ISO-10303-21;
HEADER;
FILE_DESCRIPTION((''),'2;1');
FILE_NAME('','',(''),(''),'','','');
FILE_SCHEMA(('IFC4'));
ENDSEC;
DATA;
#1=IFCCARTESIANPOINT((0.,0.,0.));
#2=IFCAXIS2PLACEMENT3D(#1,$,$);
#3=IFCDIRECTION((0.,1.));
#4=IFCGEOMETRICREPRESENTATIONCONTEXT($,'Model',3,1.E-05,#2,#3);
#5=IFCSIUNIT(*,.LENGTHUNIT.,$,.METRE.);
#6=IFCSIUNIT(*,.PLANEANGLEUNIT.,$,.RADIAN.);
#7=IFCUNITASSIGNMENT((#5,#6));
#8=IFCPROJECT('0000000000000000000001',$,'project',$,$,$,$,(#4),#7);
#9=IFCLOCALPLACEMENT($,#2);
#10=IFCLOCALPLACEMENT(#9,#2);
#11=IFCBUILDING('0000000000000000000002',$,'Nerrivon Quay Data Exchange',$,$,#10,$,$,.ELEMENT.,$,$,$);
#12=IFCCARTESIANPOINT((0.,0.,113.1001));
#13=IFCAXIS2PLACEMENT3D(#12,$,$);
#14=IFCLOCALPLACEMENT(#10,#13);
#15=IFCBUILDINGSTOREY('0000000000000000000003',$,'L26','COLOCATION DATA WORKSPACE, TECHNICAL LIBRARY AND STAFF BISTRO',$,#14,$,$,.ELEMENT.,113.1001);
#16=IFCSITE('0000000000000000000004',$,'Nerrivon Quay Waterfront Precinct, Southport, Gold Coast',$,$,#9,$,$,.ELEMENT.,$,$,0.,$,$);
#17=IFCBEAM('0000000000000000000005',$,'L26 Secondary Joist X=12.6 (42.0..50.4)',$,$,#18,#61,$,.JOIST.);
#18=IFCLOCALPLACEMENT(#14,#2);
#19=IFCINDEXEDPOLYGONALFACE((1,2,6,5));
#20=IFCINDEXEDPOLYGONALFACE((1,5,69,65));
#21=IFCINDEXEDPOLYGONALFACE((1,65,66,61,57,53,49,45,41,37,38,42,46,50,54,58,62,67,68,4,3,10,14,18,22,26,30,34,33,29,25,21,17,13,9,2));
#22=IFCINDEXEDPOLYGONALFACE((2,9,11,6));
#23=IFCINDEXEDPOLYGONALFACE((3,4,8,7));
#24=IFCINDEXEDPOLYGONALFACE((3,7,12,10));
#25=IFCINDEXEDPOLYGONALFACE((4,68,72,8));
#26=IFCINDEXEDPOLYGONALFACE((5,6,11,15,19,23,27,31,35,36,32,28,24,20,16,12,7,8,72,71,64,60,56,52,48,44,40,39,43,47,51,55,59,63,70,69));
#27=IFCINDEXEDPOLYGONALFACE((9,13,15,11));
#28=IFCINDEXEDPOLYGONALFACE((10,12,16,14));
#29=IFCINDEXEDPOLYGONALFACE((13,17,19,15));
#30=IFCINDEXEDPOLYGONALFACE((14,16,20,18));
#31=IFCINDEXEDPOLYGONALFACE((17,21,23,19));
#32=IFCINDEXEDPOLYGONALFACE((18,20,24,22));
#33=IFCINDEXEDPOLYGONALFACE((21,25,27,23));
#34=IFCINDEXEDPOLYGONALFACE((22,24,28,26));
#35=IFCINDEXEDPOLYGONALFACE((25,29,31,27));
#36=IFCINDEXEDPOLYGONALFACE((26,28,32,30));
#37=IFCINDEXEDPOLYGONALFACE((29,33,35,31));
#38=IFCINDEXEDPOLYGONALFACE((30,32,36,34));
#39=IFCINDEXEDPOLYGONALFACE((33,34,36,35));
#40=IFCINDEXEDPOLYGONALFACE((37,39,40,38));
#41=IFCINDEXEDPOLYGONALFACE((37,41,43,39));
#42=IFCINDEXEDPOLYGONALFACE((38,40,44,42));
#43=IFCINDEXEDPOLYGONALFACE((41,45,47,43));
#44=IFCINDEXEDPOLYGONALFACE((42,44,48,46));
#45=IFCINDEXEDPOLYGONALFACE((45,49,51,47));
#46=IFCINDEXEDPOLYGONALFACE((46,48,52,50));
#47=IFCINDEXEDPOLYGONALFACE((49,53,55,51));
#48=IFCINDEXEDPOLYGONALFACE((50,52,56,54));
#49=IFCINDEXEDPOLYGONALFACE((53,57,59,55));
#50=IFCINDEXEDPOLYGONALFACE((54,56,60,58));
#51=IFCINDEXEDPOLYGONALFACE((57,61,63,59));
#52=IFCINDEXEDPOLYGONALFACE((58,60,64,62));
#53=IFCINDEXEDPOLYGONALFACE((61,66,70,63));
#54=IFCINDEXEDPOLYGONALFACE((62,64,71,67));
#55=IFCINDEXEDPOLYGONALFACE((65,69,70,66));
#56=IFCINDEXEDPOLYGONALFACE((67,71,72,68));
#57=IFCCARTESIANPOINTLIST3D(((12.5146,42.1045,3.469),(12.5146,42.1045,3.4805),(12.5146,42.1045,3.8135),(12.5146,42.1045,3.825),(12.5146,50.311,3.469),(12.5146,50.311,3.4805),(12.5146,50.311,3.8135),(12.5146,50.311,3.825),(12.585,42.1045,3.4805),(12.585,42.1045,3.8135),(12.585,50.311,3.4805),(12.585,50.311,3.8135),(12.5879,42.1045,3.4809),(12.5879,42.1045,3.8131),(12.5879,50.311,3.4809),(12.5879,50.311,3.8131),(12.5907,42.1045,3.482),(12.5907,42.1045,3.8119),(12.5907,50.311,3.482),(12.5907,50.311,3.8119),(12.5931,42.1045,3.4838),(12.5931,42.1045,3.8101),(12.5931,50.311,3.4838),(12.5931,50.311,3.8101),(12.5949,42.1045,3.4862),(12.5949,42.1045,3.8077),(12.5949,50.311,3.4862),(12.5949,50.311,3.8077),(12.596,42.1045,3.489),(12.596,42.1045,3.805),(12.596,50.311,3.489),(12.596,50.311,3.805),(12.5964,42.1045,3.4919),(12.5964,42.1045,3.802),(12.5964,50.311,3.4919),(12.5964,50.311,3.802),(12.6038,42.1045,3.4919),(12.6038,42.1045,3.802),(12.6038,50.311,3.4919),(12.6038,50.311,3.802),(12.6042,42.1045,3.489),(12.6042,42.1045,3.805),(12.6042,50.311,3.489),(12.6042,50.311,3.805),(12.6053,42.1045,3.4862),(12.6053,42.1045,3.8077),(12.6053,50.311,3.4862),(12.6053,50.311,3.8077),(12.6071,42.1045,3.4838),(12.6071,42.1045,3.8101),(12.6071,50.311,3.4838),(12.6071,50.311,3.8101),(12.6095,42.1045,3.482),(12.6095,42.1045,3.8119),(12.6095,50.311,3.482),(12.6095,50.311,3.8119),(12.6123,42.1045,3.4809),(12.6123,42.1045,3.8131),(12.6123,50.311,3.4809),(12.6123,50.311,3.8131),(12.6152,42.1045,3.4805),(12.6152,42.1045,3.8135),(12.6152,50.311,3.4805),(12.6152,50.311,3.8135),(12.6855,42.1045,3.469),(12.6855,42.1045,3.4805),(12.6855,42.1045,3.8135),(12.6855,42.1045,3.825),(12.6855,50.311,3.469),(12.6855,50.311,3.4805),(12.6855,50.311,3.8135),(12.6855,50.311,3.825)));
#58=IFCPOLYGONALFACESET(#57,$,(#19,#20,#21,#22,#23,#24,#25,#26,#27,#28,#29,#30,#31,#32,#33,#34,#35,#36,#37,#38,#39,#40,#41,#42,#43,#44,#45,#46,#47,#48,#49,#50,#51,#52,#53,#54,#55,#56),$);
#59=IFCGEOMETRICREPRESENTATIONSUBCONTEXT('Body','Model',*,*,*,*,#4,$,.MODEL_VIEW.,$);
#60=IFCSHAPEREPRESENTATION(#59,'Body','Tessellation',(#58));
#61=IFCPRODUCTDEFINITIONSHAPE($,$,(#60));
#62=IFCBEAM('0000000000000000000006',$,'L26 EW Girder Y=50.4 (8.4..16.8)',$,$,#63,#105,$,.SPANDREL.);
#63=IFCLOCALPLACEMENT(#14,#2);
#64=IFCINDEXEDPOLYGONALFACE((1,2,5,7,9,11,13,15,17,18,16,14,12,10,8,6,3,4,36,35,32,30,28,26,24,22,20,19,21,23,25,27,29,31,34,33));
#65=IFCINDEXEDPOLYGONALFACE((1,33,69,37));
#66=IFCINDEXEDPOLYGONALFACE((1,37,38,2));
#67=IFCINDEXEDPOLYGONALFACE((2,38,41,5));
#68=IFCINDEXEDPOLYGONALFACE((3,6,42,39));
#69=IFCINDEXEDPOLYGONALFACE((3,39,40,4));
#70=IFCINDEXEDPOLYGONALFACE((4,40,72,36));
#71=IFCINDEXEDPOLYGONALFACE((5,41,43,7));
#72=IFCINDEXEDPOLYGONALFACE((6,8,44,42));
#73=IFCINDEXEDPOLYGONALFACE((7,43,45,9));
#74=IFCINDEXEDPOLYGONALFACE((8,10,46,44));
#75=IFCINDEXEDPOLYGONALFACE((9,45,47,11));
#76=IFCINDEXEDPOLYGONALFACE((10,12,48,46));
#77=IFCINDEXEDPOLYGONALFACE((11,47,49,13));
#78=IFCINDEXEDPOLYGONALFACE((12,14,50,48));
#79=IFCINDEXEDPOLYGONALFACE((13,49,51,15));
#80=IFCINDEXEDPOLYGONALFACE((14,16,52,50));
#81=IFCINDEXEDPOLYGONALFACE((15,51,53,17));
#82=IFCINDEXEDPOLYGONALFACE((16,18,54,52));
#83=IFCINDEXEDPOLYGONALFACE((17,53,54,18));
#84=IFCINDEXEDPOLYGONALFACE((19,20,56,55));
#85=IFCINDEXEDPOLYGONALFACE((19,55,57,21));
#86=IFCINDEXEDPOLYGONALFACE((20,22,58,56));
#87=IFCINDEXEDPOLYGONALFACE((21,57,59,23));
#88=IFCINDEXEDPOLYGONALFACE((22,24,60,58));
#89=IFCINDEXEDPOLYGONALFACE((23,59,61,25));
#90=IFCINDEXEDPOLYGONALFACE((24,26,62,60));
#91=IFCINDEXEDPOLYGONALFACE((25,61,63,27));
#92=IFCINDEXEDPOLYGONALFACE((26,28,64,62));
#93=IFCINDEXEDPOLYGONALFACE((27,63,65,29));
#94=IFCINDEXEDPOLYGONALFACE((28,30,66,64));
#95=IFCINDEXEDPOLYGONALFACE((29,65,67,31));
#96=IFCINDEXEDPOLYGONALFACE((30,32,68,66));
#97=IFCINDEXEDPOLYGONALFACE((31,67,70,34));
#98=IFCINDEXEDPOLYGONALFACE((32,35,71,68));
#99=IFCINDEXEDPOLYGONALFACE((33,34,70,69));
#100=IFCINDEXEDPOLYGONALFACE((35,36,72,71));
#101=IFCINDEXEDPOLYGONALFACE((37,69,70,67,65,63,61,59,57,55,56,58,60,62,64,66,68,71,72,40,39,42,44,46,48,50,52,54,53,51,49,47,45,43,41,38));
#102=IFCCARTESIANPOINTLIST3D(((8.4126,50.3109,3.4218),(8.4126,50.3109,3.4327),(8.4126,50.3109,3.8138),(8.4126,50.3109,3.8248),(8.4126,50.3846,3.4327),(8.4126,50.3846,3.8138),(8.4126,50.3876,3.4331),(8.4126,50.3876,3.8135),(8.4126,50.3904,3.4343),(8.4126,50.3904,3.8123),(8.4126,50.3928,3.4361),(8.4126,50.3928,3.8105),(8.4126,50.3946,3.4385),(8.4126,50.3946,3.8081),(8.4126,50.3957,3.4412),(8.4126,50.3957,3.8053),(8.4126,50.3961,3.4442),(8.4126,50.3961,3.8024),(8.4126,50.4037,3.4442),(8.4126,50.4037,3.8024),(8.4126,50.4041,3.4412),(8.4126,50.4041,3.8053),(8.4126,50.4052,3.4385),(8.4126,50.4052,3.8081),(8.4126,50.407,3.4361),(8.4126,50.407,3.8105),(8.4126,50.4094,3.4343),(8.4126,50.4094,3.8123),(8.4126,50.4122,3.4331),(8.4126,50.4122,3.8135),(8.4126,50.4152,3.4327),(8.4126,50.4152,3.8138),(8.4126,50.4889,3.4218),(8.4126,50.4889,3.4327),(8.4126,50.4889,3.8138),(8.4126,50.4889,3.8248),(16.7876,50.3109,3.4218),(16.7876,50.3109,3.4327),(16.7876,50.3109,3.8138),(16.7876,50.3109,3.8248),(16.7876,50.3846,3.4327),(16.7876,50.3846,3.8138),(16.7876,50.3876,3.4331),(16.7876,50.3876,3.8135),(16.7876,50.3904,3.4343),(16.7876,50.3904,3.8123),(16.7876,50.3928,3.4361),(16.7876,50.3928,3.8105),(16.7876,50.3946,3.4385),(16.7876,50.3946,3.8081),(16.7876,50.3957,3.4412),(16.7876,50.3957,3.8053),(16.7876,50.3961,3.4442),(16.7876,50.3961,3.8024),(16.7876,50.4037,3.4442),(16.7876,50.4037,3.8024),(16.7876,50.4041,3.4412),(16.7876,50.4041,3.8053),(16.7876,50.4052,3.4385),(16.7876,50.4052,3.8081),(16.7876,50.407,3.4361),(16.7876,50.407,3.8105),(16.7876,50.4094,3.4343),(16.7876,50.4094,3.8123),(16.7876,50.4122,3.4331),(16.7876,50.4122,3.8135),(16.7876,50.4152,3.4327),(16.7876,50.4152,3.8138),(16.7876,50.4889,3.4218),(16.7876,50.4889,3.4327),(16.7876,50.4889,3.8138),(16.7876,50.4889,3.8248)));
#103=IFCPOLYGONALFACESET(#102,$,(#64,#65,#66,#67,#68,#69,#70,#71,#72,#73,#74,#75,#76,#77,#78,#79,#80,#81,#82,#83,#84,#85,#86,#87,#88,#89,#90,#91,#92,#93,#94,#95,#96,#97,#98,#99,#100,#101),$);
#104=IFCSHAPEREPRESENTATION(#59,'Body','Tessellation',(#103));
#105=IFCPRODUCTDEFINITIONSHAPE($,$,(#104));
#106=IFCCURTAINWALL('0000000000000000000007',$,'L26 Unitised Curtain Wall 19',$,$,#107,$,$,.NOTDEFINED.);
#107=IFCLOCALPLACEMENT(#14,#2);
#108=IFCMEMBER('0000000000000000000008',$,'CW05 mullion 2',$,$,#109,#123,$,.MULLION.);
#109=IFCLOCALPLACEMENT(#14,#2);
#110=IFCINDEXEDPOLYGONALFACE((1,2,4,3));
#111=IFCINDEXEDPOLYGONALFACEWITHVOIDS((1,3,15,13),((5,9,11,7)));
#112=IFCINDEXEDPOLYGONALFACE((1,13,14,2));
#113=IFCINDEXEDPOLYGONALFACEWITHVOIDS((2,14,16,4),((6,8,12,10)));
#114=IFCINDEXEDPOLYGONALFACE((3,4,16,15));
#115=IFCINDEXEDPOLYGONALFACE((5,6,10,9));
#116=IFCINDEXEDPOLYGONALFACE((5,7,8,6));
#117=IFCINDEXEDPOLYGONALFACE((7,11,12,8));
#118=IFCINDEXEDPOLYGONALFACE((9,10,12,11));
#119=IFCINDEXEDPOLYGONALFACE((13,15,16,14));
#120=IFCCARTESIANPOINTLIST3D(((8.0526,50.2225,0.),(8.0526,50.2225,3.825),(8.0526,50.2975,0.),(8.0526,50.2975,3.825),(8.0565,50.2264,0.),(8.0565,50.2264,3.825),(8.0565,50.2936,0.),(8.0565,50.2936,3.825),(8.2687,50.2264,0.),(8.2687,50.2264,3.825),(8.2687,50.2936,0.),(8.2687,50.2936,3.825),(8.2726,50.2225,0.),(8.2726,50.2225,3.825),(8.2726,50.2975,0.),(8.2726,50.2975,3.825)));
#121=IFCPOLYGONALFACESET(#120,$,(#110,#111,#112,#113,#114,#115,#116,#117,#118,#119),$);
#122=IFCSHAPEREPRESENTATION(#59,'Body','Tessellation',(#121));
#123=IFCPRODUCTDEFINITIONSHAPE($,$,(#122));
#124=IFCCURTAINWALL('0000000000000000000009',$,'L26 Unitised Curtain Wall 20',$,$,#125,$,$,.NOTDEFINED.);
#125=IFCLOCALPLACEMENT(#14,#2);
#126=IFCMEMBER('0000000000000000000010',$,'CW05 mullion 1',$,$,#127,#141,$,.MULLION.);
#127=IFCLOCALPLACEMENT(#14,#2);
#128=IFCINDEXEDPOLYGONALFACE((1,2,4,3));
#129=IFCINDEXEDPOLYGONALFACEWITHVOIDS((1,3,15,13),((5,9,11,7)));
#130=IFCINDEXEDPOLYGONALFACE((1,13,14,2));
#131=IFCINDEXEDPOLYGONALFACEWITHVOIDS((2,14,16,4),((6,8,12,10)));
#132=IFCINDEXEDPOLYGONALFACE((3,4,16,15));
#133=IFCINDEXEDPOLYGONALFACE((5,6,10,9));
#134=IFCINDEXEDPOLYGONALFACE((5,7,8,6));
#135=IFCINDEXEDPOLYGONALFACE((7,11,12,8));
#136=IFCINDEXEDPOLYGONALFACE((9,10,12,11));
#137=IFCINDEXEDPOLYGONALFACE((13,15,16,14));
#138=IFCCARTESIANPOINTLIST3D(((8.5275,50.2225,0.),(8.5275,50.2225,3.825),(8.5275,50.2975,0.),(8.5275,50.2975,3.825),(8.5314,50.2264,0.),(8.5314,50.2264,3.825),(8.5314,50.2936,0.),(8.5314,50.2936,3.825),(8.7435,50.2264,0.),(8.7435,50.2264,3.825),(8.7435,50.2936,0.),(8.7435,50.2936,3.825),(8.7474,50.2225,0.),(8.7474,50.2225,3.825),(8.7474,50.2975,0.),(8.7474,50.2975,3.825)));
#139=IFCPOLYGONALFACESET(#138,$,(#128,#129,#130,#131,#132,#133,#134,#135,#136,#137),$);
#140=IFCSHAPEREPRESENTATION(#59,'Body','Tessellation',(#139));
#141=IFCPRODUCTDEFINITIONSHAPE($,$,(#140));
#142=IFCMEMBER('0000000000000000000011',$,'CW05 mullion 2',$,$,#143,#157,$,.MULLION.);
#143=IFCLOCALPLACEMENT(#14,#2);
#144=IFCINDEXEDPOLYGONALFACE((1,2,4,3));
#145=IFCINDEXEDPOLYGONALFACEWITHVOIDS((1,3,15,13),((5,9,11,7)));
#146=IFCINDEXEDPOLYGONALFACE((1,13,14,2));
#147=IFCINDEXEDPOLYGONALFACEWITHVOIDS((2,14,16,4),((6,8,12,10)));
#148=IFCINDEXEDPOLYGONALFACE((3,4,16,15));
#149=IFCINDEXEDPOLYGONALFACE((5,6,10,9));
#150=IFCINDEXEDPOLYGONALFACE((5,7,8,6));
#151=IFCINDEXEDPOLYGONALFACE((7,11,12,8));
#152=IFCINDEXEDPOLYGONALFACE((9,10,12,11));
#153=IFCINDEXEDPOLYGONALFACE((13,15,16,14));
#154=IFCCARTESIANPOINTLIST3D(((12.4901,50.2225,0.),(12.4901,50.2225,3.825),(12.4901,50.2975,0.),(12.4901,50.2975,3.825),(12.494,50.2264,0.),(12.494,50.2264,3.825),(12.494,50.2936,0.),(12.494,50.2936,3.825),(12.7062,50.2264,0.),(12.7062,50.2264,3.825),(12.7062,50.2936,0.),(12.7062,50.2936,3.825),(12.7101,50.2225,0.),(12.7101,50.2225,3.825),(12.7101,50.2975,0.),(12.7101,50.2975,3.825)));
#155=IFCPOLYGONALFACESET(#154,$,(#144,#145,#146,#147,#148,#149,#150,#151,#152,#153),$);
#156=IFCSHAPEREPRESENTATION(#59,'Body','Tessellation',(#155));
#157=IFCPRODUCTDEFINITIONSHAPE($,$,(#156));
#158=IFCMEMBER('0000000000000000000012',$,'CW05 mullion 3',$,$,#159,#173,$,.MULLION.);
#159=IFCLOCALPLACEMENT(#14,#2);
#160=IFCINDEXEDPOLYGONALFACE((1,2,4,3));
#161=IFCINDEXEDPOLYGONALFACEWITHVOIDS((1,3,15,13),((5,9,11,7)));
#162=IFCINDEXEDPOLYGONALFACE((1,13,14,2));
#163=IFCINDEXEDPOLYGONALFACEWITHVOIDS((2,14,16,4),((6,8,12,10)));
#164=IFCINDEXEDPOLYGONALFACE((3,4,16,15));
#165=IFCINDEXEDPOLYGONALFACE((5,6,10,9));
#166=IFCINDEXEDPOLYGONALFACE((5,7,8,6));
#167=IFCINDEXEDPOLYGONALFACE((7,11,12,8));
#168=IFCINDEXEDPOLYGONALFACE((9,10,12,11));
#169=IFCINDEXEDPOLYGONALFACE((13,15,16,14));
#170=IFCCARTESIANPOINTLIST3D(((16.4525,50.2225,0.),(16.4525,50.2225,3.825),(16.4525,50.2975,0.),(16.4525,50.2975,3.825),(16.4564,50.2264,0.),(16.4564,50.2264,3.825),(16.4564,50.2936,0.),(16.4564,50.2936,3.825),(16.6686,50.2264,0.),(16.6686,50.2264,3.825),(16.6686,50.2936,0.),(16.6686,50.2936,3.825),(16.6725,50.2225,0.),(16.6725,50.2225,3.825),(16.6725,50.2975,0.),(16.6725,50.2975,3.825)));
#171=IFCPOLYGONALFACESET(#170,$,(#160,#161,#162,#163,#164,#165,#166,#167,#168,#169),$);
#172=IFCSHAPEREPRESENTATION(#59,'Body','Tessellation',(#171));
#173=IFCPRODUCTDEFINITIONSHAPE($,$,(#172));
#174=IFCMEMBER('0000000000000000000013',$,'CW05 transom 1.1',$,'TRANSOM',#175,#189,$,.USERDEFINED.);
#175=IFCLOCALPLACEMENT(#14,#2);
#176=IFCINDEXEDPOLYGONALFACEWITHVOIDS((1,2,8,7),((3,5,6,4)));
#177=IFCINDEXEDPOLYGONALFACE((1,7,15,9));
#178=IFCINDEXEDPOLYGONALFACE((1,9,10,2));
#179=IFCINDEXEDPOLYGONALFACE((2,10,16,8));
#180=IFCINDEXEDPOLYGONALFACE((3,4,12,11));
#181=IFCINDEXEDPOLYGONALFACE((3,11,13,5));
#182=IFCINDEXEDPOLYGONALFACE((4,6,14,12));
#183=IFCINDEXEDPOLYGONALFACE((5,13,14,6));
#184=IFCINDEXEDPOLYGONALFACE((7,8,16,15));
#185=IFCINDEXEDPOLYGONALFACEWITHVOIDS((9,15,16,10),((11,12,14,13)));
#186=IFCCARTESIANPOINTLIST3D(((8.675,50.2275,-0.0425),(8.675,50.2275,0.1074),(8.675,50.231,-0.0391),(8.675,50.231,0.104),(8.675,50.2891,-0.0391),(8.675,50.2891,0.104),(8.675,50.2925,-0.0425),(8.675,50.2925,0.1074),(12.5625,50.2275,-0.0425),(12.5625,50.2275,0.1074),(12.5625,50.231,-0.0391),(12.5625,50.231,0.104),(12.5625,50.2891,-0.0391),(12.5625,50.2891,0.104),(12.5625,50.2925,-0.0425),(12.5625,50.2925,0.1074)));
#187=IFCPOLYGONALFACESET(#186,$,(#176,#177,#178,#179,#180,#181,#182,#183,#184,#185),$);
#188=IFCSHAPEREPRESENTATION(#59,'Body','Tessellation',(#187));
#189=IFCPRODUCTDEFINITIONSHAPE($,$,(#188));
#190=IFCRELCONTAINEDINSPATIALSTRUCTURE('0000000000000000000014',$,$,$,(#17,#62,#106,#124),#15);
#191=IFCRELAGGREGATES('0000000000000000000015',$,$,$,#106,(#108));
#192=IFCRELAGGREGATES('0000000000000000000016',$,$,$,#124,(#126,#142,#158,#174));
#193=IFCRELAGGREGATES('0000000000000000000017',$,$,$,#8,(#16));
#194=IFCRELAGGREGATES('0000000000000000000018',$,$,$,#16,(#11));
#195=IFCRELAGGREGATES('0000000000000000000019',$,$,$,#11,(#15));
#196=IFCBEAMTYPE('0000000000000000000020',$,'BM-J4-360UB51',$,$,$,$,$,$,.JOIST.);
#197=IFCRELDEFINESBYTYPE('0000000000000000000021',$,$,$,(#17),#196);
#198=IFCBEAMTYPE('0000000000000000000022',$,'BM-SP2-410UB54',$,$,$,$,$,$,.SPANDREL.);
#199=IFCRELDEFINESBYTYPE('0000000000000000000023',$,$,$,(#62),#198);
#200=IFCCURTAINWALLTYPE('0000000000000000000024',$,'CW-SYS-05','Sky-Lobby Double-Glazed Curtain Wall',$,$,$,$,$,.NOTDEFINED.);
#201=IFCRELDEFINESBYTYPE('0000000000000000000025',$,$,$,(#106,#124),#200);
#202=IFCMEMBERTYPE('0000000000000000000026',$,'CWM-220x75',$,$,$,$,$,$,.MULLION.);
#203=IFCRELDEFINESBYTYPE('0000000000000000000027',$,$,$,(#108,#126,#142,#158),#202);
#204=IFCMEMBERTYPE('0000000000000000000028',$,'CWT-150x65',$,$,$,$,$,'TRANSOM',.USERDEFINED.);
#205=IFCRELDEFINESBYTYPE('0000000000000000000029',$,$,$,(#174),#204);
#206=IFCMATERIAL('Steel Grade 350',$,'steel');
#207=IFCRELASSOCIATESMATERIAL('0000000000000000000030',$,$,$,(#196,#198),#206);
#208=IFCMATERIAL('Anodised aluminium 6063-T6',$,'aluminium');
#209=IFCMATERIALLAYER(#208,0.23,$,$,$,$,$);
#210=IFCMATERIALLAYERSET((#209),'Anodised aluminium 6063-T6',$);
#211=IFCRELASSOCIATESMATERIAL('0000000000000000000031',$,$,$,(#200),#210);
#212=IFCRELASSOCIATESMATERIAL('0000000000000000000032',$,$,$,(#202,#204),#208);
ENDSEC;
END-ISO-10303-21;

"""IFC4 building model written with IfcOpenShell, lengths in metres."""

from ifc_helpers import new_model, si_unit, direction, frame, origin, origin_2d, place, context, subcontext, project, spatial, hollow_rectangle, i_section, extrude, material, layer, layer_set, material_profile, profile_set, type_object, element, aggregate, save


model = new_model("IFC4")

# Units and contexts
model_context = context("Model", 3, precision=1e-05, world=origin(), true_north=direction((0.0, 1.0)))
body_context = subcontext(model_context, "Body", "Model", "MODEL_VIEW")
ifc_project = project(units=[si_unit("LENGTHUNIT", "METRE"), si_unit("PLANEANGLEUNIT", "RADIAN")], contexts=[model_context])

# Site, building, storey
site_placement = place(None, origin())
site = spatial("IfcSite", under=ifc_project, at=site_placement, Name="Nerrivon Quay Waterfront Precinct, Southport, Gold Coast", CompositionType="ELEMENT", RefElevation=0.0)
building_placement = place(site_placement, origin())
building = spatial("IfcBuilding", under=site, at=building_placement, Name="Nerrivon Quay Data Exchange", CompositionType="ELEMENT")
storey_placement = place(building_placement, frame((0.0, 0.0, 113.1001)))
storey = spatial("IfcBuildingStorey", under=building, at=storey_placement, Name="L26", Description="COLOCATION DATA WORKSPACE, TECHNICAL LIBRARY AND STAFF BISTRO", CompositionType="ELEMENT", Elevation=113.1001)

# Shared definitions
ifc_material_1 = material(Name="Steel Grade 350", Category="steel")

# Beams
ifc_material_profile_1 = material_profile(ifc_material_1, i_section(OverallWidth=0.1709, OverallDepth=0.356, WebThickness=0.0073, FlangeThickness=0.0115, FilletRadius=0.0115, at=origin_2d()), Name="360UB50.7")
ifc_profile_set_1 = profile_set([ifc_material_profile_1], Name="Steel Grade 350")
beam_type_1 = type_object("IfcBeamType", Name="BM-J4-360UB51", PredefinedType="JOIST", material=ifc_profile_set_1)
beam_1_placement = place(storey_placement, frame((12.6001, 42.1045, 3.647), z_axis=(0.0, 1.0, 0.0), x_axis=(-1.0, 0.0, 0.0)))
element("IfcBeam", 1, at=beam_1_placement, inside=storey, type_object=beam_type_1, Name="L26 Secondary Joist X=12.6 (42.0..50.4)", PredefinedType="JOIST", context=body_context, shape_type="SweptSolid", body=[
    extrude(i_section(OverallWidth=0.1709, OverallDepth=0.356, WebThickness=0.0073, FlangeThickness=0.0115, FilletRadius=0.0115, at=origin_2d()), origin(), (0.0, 0.0, 1.0), 8.2065),
])
ifc_material_profile_2 = material_profile(ifc_material_1, i_section(OverallWidth=0.178, OverallDepth=0.4031, WebThickness=0.0076, FlangeThickness=0.011, FilletRadius=0.0115, at=origin_2d()), Name="410UB53.7")
ifc_profile_set_2 = profile_set([ifc_material_profile_2], Name="Steel Grade 350")
beam_type_2 = type_object("IfcBeamType", Name="BM-SP2-410UB54", PredefinedType="SPANDREL", material=ifc_profile_set_2)
beam_2_placement = place(storey_placement, frame((8.4126, 50.3999, 3.6233), z_axis=(1.0, 0.0, 0.0), x_axis=(0.0, 1.0, 0.0)))
element("IfcBeam", 2, at=beam_2_placement, inside=storey, type_object=beam_type_2, Name="L26 EW Girder Y=50.4 (8.4..16.8)", PredefinedType="SPANDREL", context=body_context, shape_type="SweptSolid", body=[
    extrude(i_section(OverallWidth=0.178, OverallDepth=0.4031, WebThickness=0.0076, FlangeThickness=0.011, FilletRadius=0.0115, at=origin_2d()), origin(), (0.0, 0.0, 1.0), 8.375),
])

# Curtain wall, member
ifc_material_2 = material(Name="Anodised aluminium 6063-T6", Category="aluminium")
ifc_layer_1 = layer(ifc_material_2, 0.23)
ifc_layer_set_1 = layer_set([ifc_layer_1], Name="Anodised aluminium 6063-T6")
curtain_wall_type = type_object("IfcCurtainWallType", Name="CW-SYS-05", Description="Sky-Lobby Double-Glazed Curtain Wall", PredefinedType="NOTDEFINED", material=ifc_layer_set_1)
curtain_wall_1_placement = place(storey_placement, origin())
curtain_wall_1 = element("IfcCurtainWall", 3, at=curtain_wall_1_placement, inside=storey, type_object=curtain_wall_type, Name="L26 Unitised Curtain Wall 19", PredefinedType="NOTDEFINED")
ifc_material_profile_3 = material_profile(ifc_material_2, hollow_rectangle(XDim=0.075, YDim=0.22, WallThickness=0.0039, at=origin_2d()), Name="ALU-MULL-220x75")
ifc_profile_set_3 = profile_set([ifc_material_profile_3], Name="Anodised aluminium 6063-T6")
member_type_1 = type_object("IfcMemberType", Name="CWM-220x75", PredefinedType="MULLION", material=ifc_profile_set_3)
member_1_placement = place(storey_placement, frame((8.1626, 50.26, 0.0), z_axis=(0.0, 0.0, 1.0), x_axis=(0.0, 1.0, 0.0)))
member_1 = element("IfcMember", 4, at=member_1_placement, type_object=member_type_1, Name="CW05 mullion 2", PredefinedType="MULLION", context=body_context, shape_type="SweptSolid", body=[
    extrude(hollow_rectangle(XDim=0.075, YDim=0.22, WallThickness=0.0039, at=origin_2d()), origin(), (0.0, 0.0, 1.0), 3.825),
])

# Curtain wall, members
curtain_wall_2_placement = place(storey_placement, origin())
curtain_wall_2 = element("IfcCurtainWall", 5, at=curtain_wall_2_placement, inside=storey, type_object=curtain_wall_type, Name="L26 Unitised Curtain Wall 20", PredefinedType="NOTDEFINED")
member_2_placement = place(storey_placement, frame((8.6375, 50.26, 0.0), z_axis=(0.0, 0.0, 1.0), x_axis=(0.0, 1.0, 0.0)))
member_2 = element("IfcMember", 6, at=member_2_placement, type_object=member_type_1, Name="CW05 mullion 1", PredefinedType="MULLION", context=body_context, shape_type="SweptSolid", body=[
    extrude(hollow_rectangle(XDim=0.075, YDim=0.22, WallThickness=0.0039, at=origin_2d()), origin(), (0.0, 0.0, 1.0), 3.825),
])
member_3_placement = place(storey_placement, frame((12.6001, 50.26, 0.0), z_axis=(0.0, 0.0, 1.0), x_axis=(0.0, 1.0, 0.0)))
member_3 = element("IfcMember", 7, at=member_3_placement, type_object=member_type_1, Name="CW05 mullion 2", PredefinedType="MULLION", context=body_context, shape_type="SweptSolid", body=[
    extrude(hollow_rectangle(XDim=0.075, YDim=0.22, WallThickness=0.0039, at=origin_2d()), origin(), (0.0, 0.0, 1.0), 3.825),
])
member_4_placement = place(storey_placement, frame((16.5625, 50.26, 0.0), z_axis=(0.0, 0.0, 1.0), x_axis=(0.0, 1.0, 0.0)))
member_4 = element("IfcMember", 8, at=member_4_placement, type_object=member_type_1, Name="CW05 mullion 3", PredefinedType="MULLION", context=body_context, shape_type="SweptSolid", body=[
    extrude(hollow_rectangle(XDim=0.075, YDim=0.22, WallThickness=0.0039, at=origin_2d()), origin(), (0.0, 0.0, 1.0), 3.825),
])
ifc_material_profile_4 = material_profile(ifc_material_2, hollow_rectangle(XDim=0.0649, YDim=0.1499, WallThickness=0.0034, at=origin_2d()), Name="ALU-TRAN-150x65")
ifc_profile_set_4 = profile_set([ifc_material_profile_4], Name="Anodised aluminium 6063-T6")
member_type_2 = type_object("IfcMemberType", Name="CWT-150x65", ElementType="TRANSOM", PredefinedType="USERDEFINED", material=ifc_profile_set_4)
member_5_placement = place(storey_placement, frame((8.675, 50.26, 0.0325), z_axis=(1.0, 0.0, 0.0), x_axis=(0.0, 1.0, 0.0)))
member_5 = element("IfcMember", 9, at=member_5_placement, type_object=member_type_2, Name="CW05 transom 1.1", ObjectType="TRANSOM", PredefinedType="USERDEFINED", context=body_context, shape_type="SweptSolid", body=[
    extrude(hollow_rectangle(XDim=0.0649, YDim=0.1499, WallThickness=0.0034, at=origin_2d()), origin(), (0.0, 0.0, 1.0), 3.8875),
])

aggregate(curtain_wall_1, [member_1])
aggregate(curtain_wall_2, [member_2, member_3, member_4, member_5])

save(model, "model.ifc")
